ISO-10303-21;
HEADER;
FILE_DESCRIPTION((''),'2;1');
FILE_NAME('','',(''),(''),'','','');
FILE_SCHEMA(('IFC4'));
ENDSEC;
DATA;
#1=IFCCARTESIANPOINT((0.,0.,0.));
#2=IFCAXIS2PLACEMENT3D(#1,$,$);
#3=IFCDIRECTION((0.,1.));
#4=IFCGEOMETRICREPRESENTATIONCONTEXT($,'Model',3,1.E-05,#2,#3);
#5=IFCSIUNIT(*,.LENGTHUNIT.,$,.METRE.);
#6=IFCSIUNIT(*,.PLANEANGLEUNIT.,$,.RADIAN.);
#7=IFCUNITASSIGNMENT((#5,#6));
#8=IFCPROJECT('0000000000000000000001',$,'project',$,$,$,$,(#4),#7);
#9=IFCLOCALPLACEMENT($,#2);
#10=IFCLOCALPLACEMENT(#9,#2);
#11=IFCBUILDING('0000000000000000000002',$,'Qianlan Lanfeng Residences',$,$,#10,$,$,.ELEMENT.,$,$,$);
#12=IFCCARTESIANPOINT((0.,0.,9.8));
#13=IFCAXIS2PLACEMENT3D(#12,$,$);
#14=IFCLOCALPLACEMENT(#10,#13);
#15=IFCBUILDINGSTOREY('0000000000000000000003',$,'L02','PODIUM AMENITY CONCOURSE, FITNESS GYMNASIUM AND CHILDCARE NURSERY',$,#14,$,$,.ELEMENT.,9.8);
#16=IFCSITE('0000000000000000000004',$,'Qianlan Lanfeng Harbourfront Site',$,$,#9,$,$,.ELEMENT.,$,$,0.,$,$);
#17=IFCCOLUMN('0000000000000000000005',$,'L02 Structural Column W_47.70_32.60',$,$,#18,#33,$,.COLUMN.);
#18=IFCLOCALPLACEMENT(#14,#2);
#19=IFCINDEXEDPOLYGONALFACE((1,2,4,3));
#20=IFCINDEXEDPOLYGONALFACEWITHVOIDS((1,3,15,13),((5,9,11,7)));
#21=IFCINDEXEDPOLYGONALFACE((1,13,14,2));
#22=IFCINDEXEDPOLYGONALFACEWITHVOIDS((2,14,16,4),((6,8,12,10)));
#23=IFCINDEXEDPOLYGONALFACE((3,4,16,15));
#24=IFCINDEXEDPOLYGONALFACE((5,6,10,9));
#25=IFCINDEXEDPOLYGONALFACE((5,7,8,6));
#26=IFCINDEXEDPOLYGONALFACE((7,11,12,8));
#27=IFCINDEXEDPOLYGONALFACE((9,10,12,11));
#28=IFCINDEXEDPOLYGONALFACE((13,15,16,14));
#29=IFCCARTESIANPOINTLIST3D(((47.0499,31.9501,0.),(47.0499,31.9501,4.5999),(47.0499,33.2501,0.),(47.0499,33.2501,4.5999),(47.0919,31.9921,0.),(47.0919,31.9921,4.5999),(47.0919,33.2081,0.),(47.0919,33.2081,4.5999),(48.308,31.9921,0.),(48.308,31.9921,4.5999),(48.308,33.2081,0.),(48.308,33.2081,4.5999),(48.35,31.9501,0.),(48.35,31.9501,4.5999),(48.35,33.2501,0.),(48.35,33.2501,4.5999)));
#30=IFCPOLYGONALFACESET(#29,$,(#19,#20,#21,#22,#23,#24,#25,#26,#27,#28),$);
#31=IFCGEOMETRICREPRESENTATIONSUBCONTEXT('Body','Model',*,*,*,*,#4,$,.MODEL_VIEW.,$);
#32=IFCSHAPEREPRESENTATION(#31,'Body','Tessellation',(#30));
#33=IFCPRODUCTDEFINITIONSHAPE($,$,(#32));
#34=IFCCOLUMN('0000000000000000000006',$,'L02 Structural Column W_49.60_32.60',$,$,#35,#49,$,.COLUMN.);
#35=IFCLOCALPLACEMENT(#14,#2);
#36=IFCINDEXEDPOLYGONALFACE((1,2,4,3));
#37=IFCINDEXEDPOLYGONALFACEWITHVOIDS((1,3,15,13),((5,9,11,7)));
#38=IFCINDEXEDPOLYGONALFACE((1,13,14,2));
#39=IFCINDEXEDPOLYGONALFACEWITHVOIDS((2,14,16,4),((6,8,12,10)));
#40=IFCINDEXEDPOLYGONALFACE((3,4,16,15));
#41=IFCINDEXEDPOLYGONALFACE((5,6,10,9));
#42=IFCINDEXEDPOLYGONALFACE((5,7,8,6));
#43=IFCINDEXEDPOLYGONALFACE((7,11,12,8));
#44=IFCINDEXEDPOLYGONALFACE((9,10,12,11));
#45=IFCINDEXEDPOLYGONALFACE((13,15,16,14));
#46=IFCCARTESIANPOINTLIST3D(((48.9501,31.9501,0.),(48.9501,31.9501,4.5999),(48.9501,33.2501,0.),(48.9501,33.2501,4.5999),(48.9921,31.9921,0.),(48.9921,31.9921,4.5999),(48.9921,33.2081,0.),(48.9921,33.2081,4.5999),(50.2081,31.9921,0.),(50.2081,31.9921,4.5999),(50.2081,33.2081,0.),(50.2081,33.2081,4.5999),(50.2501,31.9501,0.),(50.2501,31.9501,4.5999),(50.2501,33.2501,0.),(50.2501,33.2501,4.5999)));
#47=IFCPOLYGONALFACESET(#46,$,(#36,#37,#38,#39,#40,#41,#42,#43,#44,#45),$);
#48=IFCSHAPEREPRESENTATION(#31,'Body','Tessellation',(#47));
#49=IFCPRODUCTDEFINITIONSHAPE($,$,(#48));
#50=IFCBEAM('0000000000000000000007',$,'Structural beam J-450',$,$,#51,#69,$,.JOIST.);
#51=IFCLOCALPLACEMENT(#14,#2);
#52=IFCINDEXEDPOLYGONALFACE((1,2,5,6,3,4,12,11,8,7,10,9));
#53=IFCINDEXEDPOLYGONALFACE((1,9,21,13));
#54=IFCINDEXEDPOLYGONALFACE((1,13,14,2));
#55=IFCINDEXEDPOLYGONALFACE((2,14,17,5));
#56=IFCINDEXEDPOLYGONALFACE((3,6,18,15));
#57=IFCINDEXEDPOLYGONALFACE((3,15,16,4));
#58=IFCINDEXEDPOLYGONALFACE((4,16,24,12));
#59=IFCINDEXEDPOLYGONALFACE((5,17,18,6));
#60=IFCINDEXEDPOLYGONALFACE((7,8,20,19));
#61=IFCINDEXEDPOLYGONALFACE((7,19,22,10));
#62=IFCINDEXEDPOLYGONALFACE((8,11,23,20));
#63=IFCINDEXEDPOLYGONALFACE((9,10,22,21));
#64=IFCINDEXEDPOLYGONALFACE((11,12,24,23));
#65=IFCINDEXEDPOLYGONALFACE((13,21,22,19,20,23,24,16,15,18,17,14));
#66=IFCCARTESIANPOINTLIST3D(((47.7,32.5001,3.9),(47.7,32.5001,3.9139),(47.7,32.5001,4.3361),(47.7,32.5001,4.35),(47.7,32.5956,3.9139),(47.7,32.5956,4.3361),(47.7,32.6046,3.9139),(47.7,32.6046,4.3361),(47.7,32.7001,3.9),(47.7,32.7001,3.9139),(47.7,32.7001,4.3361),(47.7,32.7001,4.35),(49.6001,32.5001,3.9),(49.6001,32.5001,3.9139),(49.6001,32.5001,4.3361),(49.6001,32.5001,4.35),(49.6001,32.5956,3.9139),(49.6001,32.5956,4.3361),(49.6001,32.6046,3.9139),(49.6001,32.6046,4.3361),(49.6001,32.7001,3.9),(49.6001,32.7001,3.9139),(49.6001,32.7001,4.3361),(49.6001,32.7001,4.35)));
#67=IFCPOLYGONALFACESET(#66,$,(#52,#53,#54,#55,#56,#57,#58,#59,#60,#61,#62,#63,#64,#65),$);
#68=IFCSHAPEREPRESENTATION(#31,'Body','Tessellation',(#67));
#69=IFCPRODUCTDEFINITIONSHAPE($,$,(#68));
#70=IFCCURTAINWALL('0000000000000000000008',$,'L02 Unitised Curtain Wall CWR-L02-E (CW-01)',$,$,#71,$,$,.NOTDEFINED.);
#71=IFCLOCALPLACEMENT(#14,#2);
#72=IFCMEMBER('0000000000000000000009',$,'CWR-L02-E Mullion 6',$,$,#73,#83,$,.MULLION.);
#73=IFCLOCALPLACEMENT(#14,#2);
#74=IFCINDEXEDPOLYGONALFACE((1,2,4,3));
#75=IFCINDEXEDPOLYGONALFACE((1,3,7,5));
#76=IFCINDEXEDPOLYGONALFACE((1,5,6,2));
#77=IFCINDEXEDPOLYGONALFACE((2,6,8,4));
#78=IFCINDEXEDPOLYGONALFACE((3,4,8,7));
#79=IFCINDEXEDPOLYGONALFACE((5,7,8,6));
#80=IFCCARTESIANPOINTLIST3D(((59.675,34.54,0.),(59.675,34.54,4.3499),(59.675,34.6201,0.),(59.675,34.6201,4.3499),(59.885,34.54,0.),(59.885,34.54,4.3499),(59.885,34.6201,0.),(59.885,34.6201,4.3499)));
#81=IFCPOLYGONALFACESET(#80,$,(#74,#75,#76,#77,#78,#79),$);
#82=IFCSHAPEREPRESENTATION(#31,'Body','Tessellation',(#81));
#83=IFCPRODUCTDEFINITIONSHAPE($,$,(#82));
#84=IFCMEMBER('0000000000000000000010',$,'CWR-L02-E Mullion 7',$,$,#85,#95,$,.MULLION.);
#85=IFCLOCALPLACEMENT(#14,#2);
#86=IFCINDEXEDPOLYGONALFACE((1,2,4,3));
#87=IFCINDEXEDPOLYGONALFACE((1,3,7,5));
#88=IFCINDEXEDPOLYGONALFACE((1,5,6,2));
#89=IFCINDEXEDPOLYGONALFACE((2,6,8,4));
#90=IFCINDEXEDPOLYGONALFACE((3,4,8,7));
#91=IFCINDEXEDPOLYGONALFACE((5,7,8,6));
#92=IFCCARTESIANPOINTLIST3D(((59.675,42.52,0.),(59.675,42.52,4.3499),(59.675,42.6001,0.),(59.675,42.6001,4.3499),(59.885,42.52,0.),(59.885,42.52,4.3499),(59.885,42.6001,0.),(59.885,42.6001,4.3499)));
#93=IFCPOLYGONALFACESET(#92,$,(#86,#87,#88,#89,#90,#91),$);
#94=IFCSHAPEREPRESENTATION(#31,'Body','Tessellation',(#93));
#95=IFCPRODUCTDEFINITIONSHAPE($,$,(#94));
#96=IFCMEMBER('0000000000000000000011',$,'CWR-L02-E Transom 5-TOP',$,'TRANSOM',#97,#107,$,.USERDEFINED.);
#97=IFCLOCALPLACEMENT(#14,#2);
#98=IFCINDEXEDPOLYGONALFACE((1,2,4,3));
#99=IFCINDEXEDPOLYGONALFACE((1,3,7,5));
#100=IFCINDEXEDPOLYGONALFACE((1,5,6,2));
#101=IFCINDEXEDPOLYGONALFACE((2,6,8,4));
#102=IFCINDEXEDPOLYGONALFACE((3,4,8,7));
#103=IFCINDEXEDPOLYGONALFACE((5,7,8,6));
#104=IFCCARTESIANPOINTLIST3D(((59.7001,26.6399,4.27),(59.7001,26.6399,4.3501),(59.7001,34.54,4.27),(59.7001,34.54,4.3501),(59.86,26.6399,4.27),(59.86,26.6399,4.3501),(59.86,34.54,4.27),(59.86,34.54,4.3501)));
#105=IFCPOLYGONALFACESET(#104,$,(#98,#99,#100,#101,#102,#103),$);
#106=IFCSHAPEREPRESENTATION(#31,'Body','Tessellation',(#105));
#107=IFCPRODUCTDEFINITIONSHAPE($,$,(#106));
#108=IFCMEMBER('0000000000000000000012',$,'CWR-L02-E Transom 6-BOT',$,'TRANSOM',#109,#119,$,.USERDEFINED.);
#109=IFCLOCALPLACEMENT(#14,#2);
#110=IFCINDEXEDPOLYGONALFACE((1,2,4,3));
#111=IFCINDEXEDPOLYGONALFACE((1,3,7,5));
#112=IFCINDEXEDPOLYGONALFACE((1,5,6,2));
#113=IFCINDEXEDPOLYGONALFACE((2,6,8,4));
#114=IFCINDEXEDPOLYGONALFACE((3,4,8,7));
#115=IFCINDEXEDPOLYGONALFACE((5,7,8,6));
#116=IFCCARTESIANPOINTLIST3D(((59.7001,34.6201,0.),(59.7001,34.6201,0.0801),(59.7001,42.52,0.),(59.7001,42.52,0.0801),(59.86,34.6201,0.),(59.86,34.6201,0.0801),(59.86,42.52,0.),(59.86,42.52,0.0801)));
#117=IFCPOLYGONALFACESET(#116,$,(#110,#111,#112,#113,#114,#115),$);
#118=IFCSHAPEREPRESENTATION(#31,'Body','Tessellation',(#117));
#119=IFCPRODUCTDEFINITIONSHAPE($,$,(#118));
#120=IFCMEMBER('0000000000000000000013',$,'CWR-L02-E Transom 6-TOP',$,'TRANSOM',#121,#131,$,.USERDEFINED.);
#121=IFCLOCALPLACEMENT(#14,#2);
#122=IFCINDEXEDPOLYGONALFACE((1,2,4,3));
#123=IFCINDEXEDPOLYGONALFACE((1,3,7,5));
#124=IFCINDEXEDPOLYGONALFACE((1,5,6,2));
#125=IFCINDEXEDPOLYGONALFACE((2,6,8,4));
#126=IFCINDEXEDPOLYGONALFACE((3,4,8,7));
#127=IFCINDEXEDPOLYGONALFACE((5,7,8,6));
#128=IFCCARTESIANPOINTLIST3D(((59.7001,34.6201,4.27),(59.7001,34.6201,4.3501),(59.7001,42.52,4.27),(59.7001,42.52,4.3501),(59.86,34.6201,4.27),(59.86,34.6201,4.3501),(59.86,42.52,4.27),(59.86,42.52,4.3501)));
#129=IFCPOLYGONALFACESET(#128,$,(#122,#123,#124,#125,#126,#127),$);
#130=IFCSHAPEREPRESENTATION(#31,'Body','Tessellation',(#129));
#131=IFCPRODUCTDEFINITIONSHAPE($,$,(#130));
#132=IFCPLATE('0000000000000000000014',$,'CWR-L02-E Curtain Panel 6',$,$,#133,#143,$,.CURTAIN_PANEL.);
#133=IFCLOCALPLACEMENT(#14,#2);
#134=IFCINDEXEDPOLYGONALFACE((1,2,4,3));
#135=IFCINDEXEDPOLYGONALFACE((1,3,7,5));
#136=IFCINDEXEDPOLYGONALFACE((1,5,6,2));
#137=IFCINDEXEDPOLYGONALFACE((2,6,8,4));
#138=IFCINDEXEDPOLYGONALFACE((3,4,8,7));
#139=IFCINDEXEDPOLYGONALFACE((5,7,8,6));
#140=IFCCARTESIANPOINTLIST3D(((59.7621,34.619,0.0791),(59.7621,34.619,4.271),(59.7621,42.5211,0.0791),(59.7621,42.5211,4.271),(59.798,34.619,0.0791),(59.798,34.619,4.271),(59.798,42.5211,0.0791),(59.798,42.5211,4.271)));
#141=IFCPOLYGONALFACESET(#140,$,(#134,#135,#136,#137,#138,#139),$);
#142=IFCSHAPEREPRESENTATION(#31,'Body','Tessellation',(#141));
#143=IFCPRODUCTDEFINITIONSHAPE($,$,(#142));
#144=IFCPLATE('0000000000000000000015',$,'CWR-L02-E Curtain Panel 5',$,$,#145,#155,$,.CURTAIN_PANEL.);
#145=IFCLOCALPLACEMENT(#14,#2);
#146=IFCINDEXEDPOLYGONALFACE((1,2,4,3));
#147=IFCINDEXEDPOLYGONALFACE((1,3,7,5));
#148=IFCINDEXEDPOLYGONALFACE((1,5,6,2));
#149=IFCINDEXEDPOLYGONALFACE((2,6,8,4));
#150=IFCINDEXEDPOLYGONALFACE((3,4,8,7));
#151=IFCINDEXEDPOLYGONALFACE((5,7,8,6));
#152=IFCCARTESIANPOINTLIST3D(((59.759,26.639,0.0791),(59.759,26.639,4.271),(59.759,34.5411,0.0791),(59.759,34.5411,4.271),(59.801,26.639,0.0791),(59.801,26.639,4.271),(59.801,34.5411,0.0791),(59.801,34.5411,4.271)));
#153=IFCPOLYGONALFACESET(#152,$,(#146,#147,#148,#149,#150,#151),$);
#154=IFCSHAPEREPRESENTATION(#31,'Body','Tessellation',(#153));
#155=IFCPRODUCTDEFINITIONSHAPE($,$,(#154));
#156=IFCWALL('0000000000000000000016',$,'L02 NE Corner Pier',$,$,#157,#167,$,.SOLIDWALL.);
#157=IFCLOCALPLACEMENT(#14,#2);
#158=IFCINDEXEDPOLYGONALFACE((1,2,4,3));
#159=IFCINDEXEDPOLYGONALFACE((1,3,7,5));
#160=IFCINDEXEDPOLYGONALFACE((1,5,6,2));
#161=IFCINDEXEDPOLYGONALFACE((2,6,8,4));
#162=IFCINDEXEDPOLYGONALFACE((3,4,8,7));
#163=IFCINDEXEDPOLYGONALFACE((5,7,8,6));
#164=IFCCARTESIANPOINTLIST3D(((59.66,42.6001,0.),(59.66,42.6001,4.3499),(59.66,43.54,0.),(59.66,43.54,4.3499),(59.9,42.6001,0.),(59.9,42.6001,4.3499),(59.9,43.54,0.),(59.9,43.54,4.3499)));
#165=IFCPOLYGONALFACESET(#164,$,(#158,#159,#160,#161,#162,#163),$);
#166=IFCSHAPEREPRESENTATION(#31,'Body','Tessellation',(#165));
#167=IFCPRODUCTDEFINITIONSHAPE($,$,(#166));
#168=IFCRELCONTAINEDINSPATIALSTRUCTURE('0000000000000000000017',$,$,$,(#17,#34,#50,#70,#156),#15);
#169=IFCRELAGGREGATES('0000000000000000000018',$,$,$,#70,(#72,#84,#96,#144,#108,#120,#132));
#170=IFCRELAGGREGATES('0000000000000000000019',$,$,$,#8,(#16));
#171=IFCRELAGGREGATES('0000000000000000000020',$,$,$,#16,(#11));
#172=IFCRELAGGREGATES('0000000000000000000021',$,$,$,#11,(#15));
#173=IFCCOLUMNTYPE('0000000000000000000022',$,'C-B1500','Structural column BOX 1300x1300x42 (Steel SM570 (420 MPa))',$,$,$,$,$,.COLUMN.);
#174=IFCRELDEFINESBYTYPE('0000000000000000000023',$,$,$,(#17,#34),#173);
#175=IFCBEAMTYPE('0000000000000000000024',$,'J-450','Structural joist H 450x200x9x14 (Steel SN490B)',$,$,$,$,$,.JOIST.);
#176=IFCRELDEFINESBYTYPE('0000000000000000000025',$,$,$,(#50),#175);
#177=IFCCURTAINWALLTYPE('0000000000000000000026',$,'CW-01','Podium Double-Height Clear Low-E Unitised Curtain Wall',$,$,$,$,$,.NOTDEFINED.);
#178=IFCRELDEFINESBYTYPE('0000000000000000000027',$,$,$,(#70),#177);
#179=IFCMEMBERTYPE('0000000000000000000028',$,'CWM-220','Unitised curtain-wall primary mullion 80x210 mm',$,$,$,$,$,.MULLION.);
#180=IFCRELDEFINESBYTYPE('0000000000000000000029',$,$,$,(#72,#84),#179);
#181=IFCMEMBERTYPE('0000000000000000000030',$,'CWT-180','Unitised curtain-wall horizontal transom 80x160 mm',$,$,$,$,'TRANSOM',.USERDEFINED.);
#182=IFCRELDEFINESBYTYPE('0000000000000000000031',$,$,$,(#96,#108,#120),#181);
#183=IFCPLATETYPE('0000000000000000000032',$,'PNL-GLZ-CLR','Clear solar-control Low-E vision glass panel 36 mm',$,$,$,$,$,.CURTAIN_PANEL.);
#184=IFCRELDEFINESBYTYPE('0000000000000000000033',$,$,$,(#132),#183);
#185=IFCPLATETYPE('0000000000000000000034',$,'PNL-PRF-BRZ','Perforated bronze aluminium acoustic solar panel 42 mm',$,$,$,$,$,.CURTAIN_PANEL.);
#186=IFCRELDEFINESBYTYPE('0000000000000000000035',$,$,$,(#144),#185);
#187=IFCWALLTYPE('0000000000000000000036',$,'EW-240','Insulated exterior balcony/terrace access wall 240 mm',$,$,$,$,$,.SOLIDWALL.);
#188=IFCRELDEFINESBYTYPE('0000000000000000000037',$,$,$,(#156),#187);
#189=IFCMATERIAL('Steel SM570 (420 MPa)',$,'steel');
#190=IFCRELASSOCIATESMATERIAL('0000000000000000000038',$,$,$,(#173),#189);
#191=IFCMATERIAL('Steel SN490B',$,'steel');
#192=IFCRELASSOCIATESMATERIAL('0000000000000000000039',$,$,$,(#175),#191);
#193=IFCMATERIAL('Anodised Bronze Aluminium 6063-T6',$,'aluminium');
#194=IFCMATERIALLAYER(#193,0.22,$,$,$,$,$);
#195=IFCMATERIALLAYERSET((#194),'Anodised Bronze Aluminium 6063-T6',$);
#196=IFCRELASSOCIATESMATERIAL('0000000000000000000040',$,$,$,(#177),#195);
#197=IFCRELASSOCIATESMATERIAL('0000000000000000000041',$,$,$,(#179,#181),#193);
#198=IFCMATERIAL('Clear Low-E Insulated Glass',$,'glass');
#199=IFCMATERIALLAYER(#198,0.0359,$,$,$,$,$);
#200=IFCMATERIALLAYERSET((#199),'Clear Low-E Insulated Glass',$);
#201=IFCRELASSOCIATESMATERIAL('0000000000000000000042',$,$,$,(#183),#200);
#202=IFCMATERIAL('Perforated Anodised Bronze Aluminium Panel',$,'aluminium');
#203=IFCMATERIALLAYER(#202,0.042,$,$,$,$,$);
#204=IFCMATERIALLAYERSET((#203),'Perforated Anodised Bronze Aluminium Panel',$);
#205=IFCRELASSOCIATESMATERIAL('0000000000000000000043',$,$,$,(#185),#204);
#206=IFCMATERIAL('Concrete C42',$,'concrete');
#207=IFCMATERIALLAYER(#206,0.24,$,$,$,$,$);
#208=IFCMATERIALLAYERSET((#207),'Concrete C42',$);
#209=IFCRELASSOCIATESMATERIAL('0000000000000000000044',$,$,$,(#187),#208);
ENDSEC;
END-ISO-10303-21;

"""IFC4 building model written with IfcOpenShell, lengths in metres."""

from ifc_helpers import new_model, si_unit, direction, frame, frame_2d, origin, origin_2d, place, context, subcontext, project, spatial, rectangle, hollow_rectangle, i_section, extrude, source, transform, mapped, material, layer, layer_set, material_profile, profile_set, type_object, element, aggregate, save


model = new_model("IFC4")

# Units and contexts
model_context = context("Model", 3, precision=1e-05, world=origin(), true_north=direction((0.0, 1.0)))
body_context = subcontext(model_context, "Body", "Model", "MODEL_VIEW")
ifc_project = project(units=[si_unit("LENGTHUNIT", "METRE"), si_unit("PLANEANGLEUNIT", "RADIAN")], contexts=[model_context])

# Site, building, storey
site_placement = place(None, origin())
site = spatial("IfcSite", under=ifc_project, at=site_placement, Name="Qianlan Lanfeng Harbourfront Site", CompositionType="ELEMENT", RefElevation=0.0)
building_placement = place(site_placement, origin())
building = spatial("IfcBuilding", under=site, at=building_placement, Name="Qianlan Lanfeng Residences", CompositionType="ELEMENT")
storey_placement = place(building_placement, frame((0.0, 0.0, 9.8)))
storey = spatial("IfcBuildingStorey", under=building, at=storey_placement, Name="L02", Description="PODIUM AMENITY CONCOURSE, FITNESS GYMNASIUM AND CHILDCARE NURSERY", CompositionType="ELEMENT", Elevation=9.8)

# Columns
ifc_material_1 = material(Name="Steel SM570 (420 MPa)", Category="steel")
ifc_material_profile_1 = material_profile(ifc_material_1, hollow_rectangle(XDim=1.3, YDim=1.3, WallThickness=0.042, at=origin_2d()), Name="BOX 1300x1300x42")
ifc_profile_set_1 = profile_set([ifc_material_profile_1], Name="Steel SM570 (420 MPa)")
column_type = type_object("IfcColumnType", Name="C-B1500", Description="Structural column BOX 1300x1300x42 (Steel SM570 (420 MPa))", PredefinedType="COLUMN", material=ifc_profile_set_1)
for number, where, z_axis, x_axis, name in (
    (1, (47.7, 32.6001, 0.0), (0.0, 0.0, 1.0), (1.0, 0.0, 0.0), "L02 Structural Column W_47.70_32.60"),
    (2, (49.6001, 32.6001, 0.0), (0.0, 0.0, 1.0), (1.0, 0.0, 0.0), "L02 Structural Column W_49.60_32.60"),
):
    element("IfcColumn", number, at=place(storey_placement, frame(where, z_axis=z_axis, x_axis=x_axis)), inside=storey, type_object=column_type, Name=name, PredefinedType="COLUMN", context=body_context, shape_type="SweptSolid", body=[
        extrude(hollow_rectangle(XDim=1.3, YDim=1.3, WallThickness=0.042, at=origin_2d()), origin(), (0.0, 0.0, 1.0), 4.5999),
    ])

# Beam
ifc_material_2 = material(Name="Steel SN490B", Category="steel")
ifc_material_profile_2 = material_profile(ifc_material_2, i_section(OverallWidth=0.2, OverallDepth=0.45, WebThickness=0.009, FlangeThickness=0.0139, at=origin_2d()), Name="H 450x200x9x14")
ifc_profile_set_2 = profile_set([ifc_material_profile_2], Name="Steel SN490B")
beam_type = type_object("IfcBeamType", Name="J-450", Description="Structural joist H 450x200x9x14 (Steel SN490B)", PredefinedType="JOIST", material=ifc_profile_set_2)
beam_placement = place(storey_placement, frame((47.7, 32.6001, 4.125), z_axis=(1.0, 0.0, 0.0), x_axis=(0.0, 1.0, 0.0)))
element("IfcBeam", 3, at=beam_placement, inside=storey, type_object=beam_type, Name="Structural beam J-450", PredefinedType="JOIST", context=body_context, shape_type="SweptSolid", body=[
    extrude(i_section(OverallWidth=0.2, OverallDepth=0.45, WebThickness=0.009, FlangeThickness=0.0139, at=origin_2d()), origin(), (0.0, 0.0, 1.0), 1.9001),
])

# Curtain wall, members, plates
ifc_material_3 = material(Name="Anodised Bronze Aluminium 6063-T6", Category="aluminium")
ifc_layer_1 = layer(ifc_material_3, 0.22)
ifc_layer_set_1 = layer_set([ifc_layer_1], Name="Anodised Bronze Aluminium 6063-T6")
curtain_wall_type = type_object("IfcCurtainWallType", Name="CW-01", Description="Podium Double-Height Clear Low-E Unitised Curtain Wall", PredefinedType="NOTDEFINED", material=ifc_layer_set_1)
curtain_wall_placement = place(storey_placement, origin())
curtain_wall = element("IfcCurtainWall", 4, at=curtain_wall_placement, inside=storey, type_object=curtain_wall_type, Name="L02 Unitised Curtain Wall CWR-L02-E (CW-01)", PredefinedType="NOTDEFINED")
ifc_material_profile_3 = material_profile(ifc_material_3, rectangle(XDim=0.0801, YDim=0.21, at=origin_2d()), Name="ALU MULLION 80x210")
ifc_profile_set_3 = profile_set([ifc_material_profile_3], Name="Anodised Bronze Aluminium 6063-T6")
member_type_1 = type_object("IfcMemberType", Name="CWM-220", Description="Unitised curtain-wall primary mullion 80x210 mm", PredefinedType="MULLION", material=ifc_profile_set_3)
shared_shape_1 = source(origin(), body_context, "Body", "SweptSolid", [
    extrude(rectangle(XDim=0.0801, YDim=0.21, at=origin_2d()), origin(), (0.0, 0.0, 1.0), 4.3499),
])
member_1_placement = place(storey_placement, frame((59.78, 34.5801, 0.0), z_axis=(0.0, 0.0, 1.0), x_axis=(0.0, 1.0, 0.0)))
member_1 = element("IfcMember", 5, at=member_1_placement, type_object=member_type_1, Name="CWR-L02-E Mullion 6", PredefinedType="MULLION", context=body_context, shape_type="MappedRepresentation", body=[
    mapped(shared_shape_1, transform((0.0, 0.0, 0.0), scale=1.0)),
])
member_2_placement = place(storey_placement, frame((59.78, 42.5601, 0.0), z_axis=(0.0, 0.0, 1.0), x_axis=(0.0, 1.0, 0.0)))
member_2 = element("IfcMember", 6, at=member_2_placement, type_object=member_type_1, Name="CWR-L02-E Mullion 7", PredefinedType="MULLION", context=body_context, shape_type="MappedRepresentation", body=[
    mapped(shared_shape_1, transform((0.0, 0.0, 0.0), scale=1.0)),
])
ifc_material_profile_4 = material_profile(ifc_material_3, rectangle(XDim=0.0801, YDim=0.1599, at=origin_2d()), Name="ALU TRANSOM 80x160")
ifc_profile_set_4 = profile_set([ifc_material_profile_4], Name="Anodised Bronze Aluminium 6063-T6")
member_type_2 = type_object("IfcMemberType", Name="CWT-180", Description="Unitised curtain-wall horizontal transom 80x160 mm", ElementType="TRANSOM", PredefinedType="USERDEFINED", material=ifc_profile_set_4)
shared_shape_2 = source(origin(), body_context, "Body", "SweptSolid", [
    extrude(rectangle(XDim=0.0801, YDim=0.1599, at=origin_2d()), origin(), (0.0, 0.0, 1.0), 7.9001),
])
member_3_placement = place(storey_placement, frame((59.78, 26.6399, 4.3101), z_axis=(0.0, 1.0, 0.0), x_axis=(0.0, 0.0, 1.0)))
member_3 = element("IfcMember", 7, at=member_3_placement, type_object=member_type_2, Name="CWR-L02-E Transom 5-TOP", ObjectType="TRANSOM", PredefinedType="USERDEFINED", context=body_context, shape_type="MappedRepresentation", body=[
    mapped(shared_shape_2, transform((0.0, 0.0, 0.0), scale=1.0)),
])
shared_shape_3 = source(origin(), body_context, "Body", "SweptSolid", [
    extrude(rectangle(XDim=0.0801, YDim=0.1599, at=origin_2d()), origin(), (0.0, 0.0, 1.0), 7.8999),
])
member_4_placement = place(storey_placement, frame((59.78, 34.6201, 0.04), z_axis=(0.0, 1.0, 0.0), x_axis=(0.0, 0.0, 1.0)))
member_4 = element("IfcMember", 8, at=member_4_placement, type_object=member_type_2, Name="CWR-L02-E Transom 6-BOT", ObjectType="TRANSOM", PredefinedType="USERDEFINED", context=body_context, shape_type="MappedRepresentation", body=[
    mapped(shared_shape_3, transform((0.0, 0.0, 0.0), scale=1.0)),
])
member_5_placement = place(storey_placement, frame((59.78, 34.6201, 4.3101), z_axis=(0.0, 1.0, 0.0), x_axis=(0.0, 0.0, 1.0)))
member_5 = element("IfcMember", 9, at=member_5_placement, type_object=member_type_2, Name="CWR-L02-E Transom 6-TOP", ObjectType="TRANSOM", PredefinedType="USERDEFINED", context=body_context, shape_type="MappedRepresentation", body=[
    mapped(shared_shape_3, transform((0.0, 0.0, 0.0), scale=1.0)),
])
ifc_material_4 = material(Name="Clear Low-E Insulated Glass", Category="glass")
ifc_layer_2 = layer(ifc_material_4, 0.0359)
ifc_layer_set_2 = layer_set([ifc_layer_2], Name="Clear Low-E Insulated Glass")
plate_type_1 = type_object("IfcPlateType", Name="PNL-GLZ-CLR", Description="Clear solar-control Low-E vision glass panel 36 mm", PredefinedType="CURTAIN_PANEL", material=ifc_layer_set_2)
shared_shape_4 = source(origin(), body_context, "Body", "SweptSolid", [
    extrude(rectangle(XDim=7.9021, YDim=0.0359, at=origin_2d()), origin(), (0.0, 0.0, 1.0), 4.1919),
])
plate_1_placement = place(storey_placement, frame((59.78, 38.5701, 0.0791), z_axis=(0.0, 0.0, 1.0), x_axis=(0.0, 1.0, 0.0)))
plate_1 = element("IfcPlate", 10, at=plate_1_placement, type_object=plate_type_1, Name="CWR-L02-E Curtain Panel 6", PredefinedType="CURTAIN_PANEL", context=body_context, shape_type="MappedRepresentation", body=[
    mapped(shared_shape_4, transform((0.0, 0.0, 0.0), scale=1.0)),
])
ifc_material_5 = material(Name="Perforated Anodised Bronze Aluminium Panel", Category="aluminium")
ifc_layer_3 = layer(ifc_material_5, 0.042)
ifc_layer_set_3 = layer_set([ifc_layer_3], Name="Perforated Anodised Bronze Aluminium Panel")
plate_type_2 = type_object("IfcPlateType", Name="PNL-PRF-BRZ", Description="Perforated bronze aluminium acoustic solar panel 42 mm", PredefinedType="CURTAIN_PANEL", material=ifc_layer_set_3)
shared_shape_5 = source(origin(), body_context, "Body", "SweptSolid", [
    extrude(rectangle(XDim=7.9021, YDim=0.042, at=origin_2d()), origin(), (0.0, 0.0, 1.0), 4.1919),
])
plate_2_placement = place(storey_placement, frame((59.78, 30.5901, 0.0791), z_axis=(0.0, 0.0, 1.0), x_axis=(0.0, 1.0, 0.0)))
plate_2 = element("IfcPlate", 11, at=plate_2_placement, type_object=plate_type_2, Name="CWR-L02-E Curtain Panel 5", PredefinedType="CURTAIN_PANEL", context=body_context, shape_type="MappedRepresentation", body=[
    mapped(shared_shape_5, transform((0.0, 0.0, 0.0), scale=1.0)),
])
aggregate(curtain_wall, [member_1, member_2, member_3, plate_2, member_4, member_5, plate_1])

# Wall
ifc_material_6 = material(Name="Concrete C42", Category="concrete")
ifc_layer_4 = layer(ifc_material_6, 0.24)
ifc_layer_set_4 = layer_set([ifc_layer_4], Name="Concrete C42")
wall_type_1 = type_object("IfcWallType", Name="EW-240", Description="Insulated exterior balcony/terrace access wall 240 mm", PredefinedType="SOLIDWALL", material=ifc_layer_set_4)
wall_1_placement = place(storey_placement, frame((59.78, 42.6001, 0.0), z_axis=(0.0, 0.0, 1.0), x_axis=(0.0, 1.0, 0.0)))
element("IfcWall", 12, at=wall_1_placement, inside=storey, type_object=wall_type_1, Name="L02 NE Corner Pier", PredefinedType="SOLIDWALL", context=body_context, shape_type="SweptSolid", body=[
    extrude(rectangle(XDim=0.9399, YDim=0.24, at=frame_2d((0.47, 0.0))), origin(), (0.0, 0.0, 1.0), 4.3499),
])

save(model, "model.ifc")
